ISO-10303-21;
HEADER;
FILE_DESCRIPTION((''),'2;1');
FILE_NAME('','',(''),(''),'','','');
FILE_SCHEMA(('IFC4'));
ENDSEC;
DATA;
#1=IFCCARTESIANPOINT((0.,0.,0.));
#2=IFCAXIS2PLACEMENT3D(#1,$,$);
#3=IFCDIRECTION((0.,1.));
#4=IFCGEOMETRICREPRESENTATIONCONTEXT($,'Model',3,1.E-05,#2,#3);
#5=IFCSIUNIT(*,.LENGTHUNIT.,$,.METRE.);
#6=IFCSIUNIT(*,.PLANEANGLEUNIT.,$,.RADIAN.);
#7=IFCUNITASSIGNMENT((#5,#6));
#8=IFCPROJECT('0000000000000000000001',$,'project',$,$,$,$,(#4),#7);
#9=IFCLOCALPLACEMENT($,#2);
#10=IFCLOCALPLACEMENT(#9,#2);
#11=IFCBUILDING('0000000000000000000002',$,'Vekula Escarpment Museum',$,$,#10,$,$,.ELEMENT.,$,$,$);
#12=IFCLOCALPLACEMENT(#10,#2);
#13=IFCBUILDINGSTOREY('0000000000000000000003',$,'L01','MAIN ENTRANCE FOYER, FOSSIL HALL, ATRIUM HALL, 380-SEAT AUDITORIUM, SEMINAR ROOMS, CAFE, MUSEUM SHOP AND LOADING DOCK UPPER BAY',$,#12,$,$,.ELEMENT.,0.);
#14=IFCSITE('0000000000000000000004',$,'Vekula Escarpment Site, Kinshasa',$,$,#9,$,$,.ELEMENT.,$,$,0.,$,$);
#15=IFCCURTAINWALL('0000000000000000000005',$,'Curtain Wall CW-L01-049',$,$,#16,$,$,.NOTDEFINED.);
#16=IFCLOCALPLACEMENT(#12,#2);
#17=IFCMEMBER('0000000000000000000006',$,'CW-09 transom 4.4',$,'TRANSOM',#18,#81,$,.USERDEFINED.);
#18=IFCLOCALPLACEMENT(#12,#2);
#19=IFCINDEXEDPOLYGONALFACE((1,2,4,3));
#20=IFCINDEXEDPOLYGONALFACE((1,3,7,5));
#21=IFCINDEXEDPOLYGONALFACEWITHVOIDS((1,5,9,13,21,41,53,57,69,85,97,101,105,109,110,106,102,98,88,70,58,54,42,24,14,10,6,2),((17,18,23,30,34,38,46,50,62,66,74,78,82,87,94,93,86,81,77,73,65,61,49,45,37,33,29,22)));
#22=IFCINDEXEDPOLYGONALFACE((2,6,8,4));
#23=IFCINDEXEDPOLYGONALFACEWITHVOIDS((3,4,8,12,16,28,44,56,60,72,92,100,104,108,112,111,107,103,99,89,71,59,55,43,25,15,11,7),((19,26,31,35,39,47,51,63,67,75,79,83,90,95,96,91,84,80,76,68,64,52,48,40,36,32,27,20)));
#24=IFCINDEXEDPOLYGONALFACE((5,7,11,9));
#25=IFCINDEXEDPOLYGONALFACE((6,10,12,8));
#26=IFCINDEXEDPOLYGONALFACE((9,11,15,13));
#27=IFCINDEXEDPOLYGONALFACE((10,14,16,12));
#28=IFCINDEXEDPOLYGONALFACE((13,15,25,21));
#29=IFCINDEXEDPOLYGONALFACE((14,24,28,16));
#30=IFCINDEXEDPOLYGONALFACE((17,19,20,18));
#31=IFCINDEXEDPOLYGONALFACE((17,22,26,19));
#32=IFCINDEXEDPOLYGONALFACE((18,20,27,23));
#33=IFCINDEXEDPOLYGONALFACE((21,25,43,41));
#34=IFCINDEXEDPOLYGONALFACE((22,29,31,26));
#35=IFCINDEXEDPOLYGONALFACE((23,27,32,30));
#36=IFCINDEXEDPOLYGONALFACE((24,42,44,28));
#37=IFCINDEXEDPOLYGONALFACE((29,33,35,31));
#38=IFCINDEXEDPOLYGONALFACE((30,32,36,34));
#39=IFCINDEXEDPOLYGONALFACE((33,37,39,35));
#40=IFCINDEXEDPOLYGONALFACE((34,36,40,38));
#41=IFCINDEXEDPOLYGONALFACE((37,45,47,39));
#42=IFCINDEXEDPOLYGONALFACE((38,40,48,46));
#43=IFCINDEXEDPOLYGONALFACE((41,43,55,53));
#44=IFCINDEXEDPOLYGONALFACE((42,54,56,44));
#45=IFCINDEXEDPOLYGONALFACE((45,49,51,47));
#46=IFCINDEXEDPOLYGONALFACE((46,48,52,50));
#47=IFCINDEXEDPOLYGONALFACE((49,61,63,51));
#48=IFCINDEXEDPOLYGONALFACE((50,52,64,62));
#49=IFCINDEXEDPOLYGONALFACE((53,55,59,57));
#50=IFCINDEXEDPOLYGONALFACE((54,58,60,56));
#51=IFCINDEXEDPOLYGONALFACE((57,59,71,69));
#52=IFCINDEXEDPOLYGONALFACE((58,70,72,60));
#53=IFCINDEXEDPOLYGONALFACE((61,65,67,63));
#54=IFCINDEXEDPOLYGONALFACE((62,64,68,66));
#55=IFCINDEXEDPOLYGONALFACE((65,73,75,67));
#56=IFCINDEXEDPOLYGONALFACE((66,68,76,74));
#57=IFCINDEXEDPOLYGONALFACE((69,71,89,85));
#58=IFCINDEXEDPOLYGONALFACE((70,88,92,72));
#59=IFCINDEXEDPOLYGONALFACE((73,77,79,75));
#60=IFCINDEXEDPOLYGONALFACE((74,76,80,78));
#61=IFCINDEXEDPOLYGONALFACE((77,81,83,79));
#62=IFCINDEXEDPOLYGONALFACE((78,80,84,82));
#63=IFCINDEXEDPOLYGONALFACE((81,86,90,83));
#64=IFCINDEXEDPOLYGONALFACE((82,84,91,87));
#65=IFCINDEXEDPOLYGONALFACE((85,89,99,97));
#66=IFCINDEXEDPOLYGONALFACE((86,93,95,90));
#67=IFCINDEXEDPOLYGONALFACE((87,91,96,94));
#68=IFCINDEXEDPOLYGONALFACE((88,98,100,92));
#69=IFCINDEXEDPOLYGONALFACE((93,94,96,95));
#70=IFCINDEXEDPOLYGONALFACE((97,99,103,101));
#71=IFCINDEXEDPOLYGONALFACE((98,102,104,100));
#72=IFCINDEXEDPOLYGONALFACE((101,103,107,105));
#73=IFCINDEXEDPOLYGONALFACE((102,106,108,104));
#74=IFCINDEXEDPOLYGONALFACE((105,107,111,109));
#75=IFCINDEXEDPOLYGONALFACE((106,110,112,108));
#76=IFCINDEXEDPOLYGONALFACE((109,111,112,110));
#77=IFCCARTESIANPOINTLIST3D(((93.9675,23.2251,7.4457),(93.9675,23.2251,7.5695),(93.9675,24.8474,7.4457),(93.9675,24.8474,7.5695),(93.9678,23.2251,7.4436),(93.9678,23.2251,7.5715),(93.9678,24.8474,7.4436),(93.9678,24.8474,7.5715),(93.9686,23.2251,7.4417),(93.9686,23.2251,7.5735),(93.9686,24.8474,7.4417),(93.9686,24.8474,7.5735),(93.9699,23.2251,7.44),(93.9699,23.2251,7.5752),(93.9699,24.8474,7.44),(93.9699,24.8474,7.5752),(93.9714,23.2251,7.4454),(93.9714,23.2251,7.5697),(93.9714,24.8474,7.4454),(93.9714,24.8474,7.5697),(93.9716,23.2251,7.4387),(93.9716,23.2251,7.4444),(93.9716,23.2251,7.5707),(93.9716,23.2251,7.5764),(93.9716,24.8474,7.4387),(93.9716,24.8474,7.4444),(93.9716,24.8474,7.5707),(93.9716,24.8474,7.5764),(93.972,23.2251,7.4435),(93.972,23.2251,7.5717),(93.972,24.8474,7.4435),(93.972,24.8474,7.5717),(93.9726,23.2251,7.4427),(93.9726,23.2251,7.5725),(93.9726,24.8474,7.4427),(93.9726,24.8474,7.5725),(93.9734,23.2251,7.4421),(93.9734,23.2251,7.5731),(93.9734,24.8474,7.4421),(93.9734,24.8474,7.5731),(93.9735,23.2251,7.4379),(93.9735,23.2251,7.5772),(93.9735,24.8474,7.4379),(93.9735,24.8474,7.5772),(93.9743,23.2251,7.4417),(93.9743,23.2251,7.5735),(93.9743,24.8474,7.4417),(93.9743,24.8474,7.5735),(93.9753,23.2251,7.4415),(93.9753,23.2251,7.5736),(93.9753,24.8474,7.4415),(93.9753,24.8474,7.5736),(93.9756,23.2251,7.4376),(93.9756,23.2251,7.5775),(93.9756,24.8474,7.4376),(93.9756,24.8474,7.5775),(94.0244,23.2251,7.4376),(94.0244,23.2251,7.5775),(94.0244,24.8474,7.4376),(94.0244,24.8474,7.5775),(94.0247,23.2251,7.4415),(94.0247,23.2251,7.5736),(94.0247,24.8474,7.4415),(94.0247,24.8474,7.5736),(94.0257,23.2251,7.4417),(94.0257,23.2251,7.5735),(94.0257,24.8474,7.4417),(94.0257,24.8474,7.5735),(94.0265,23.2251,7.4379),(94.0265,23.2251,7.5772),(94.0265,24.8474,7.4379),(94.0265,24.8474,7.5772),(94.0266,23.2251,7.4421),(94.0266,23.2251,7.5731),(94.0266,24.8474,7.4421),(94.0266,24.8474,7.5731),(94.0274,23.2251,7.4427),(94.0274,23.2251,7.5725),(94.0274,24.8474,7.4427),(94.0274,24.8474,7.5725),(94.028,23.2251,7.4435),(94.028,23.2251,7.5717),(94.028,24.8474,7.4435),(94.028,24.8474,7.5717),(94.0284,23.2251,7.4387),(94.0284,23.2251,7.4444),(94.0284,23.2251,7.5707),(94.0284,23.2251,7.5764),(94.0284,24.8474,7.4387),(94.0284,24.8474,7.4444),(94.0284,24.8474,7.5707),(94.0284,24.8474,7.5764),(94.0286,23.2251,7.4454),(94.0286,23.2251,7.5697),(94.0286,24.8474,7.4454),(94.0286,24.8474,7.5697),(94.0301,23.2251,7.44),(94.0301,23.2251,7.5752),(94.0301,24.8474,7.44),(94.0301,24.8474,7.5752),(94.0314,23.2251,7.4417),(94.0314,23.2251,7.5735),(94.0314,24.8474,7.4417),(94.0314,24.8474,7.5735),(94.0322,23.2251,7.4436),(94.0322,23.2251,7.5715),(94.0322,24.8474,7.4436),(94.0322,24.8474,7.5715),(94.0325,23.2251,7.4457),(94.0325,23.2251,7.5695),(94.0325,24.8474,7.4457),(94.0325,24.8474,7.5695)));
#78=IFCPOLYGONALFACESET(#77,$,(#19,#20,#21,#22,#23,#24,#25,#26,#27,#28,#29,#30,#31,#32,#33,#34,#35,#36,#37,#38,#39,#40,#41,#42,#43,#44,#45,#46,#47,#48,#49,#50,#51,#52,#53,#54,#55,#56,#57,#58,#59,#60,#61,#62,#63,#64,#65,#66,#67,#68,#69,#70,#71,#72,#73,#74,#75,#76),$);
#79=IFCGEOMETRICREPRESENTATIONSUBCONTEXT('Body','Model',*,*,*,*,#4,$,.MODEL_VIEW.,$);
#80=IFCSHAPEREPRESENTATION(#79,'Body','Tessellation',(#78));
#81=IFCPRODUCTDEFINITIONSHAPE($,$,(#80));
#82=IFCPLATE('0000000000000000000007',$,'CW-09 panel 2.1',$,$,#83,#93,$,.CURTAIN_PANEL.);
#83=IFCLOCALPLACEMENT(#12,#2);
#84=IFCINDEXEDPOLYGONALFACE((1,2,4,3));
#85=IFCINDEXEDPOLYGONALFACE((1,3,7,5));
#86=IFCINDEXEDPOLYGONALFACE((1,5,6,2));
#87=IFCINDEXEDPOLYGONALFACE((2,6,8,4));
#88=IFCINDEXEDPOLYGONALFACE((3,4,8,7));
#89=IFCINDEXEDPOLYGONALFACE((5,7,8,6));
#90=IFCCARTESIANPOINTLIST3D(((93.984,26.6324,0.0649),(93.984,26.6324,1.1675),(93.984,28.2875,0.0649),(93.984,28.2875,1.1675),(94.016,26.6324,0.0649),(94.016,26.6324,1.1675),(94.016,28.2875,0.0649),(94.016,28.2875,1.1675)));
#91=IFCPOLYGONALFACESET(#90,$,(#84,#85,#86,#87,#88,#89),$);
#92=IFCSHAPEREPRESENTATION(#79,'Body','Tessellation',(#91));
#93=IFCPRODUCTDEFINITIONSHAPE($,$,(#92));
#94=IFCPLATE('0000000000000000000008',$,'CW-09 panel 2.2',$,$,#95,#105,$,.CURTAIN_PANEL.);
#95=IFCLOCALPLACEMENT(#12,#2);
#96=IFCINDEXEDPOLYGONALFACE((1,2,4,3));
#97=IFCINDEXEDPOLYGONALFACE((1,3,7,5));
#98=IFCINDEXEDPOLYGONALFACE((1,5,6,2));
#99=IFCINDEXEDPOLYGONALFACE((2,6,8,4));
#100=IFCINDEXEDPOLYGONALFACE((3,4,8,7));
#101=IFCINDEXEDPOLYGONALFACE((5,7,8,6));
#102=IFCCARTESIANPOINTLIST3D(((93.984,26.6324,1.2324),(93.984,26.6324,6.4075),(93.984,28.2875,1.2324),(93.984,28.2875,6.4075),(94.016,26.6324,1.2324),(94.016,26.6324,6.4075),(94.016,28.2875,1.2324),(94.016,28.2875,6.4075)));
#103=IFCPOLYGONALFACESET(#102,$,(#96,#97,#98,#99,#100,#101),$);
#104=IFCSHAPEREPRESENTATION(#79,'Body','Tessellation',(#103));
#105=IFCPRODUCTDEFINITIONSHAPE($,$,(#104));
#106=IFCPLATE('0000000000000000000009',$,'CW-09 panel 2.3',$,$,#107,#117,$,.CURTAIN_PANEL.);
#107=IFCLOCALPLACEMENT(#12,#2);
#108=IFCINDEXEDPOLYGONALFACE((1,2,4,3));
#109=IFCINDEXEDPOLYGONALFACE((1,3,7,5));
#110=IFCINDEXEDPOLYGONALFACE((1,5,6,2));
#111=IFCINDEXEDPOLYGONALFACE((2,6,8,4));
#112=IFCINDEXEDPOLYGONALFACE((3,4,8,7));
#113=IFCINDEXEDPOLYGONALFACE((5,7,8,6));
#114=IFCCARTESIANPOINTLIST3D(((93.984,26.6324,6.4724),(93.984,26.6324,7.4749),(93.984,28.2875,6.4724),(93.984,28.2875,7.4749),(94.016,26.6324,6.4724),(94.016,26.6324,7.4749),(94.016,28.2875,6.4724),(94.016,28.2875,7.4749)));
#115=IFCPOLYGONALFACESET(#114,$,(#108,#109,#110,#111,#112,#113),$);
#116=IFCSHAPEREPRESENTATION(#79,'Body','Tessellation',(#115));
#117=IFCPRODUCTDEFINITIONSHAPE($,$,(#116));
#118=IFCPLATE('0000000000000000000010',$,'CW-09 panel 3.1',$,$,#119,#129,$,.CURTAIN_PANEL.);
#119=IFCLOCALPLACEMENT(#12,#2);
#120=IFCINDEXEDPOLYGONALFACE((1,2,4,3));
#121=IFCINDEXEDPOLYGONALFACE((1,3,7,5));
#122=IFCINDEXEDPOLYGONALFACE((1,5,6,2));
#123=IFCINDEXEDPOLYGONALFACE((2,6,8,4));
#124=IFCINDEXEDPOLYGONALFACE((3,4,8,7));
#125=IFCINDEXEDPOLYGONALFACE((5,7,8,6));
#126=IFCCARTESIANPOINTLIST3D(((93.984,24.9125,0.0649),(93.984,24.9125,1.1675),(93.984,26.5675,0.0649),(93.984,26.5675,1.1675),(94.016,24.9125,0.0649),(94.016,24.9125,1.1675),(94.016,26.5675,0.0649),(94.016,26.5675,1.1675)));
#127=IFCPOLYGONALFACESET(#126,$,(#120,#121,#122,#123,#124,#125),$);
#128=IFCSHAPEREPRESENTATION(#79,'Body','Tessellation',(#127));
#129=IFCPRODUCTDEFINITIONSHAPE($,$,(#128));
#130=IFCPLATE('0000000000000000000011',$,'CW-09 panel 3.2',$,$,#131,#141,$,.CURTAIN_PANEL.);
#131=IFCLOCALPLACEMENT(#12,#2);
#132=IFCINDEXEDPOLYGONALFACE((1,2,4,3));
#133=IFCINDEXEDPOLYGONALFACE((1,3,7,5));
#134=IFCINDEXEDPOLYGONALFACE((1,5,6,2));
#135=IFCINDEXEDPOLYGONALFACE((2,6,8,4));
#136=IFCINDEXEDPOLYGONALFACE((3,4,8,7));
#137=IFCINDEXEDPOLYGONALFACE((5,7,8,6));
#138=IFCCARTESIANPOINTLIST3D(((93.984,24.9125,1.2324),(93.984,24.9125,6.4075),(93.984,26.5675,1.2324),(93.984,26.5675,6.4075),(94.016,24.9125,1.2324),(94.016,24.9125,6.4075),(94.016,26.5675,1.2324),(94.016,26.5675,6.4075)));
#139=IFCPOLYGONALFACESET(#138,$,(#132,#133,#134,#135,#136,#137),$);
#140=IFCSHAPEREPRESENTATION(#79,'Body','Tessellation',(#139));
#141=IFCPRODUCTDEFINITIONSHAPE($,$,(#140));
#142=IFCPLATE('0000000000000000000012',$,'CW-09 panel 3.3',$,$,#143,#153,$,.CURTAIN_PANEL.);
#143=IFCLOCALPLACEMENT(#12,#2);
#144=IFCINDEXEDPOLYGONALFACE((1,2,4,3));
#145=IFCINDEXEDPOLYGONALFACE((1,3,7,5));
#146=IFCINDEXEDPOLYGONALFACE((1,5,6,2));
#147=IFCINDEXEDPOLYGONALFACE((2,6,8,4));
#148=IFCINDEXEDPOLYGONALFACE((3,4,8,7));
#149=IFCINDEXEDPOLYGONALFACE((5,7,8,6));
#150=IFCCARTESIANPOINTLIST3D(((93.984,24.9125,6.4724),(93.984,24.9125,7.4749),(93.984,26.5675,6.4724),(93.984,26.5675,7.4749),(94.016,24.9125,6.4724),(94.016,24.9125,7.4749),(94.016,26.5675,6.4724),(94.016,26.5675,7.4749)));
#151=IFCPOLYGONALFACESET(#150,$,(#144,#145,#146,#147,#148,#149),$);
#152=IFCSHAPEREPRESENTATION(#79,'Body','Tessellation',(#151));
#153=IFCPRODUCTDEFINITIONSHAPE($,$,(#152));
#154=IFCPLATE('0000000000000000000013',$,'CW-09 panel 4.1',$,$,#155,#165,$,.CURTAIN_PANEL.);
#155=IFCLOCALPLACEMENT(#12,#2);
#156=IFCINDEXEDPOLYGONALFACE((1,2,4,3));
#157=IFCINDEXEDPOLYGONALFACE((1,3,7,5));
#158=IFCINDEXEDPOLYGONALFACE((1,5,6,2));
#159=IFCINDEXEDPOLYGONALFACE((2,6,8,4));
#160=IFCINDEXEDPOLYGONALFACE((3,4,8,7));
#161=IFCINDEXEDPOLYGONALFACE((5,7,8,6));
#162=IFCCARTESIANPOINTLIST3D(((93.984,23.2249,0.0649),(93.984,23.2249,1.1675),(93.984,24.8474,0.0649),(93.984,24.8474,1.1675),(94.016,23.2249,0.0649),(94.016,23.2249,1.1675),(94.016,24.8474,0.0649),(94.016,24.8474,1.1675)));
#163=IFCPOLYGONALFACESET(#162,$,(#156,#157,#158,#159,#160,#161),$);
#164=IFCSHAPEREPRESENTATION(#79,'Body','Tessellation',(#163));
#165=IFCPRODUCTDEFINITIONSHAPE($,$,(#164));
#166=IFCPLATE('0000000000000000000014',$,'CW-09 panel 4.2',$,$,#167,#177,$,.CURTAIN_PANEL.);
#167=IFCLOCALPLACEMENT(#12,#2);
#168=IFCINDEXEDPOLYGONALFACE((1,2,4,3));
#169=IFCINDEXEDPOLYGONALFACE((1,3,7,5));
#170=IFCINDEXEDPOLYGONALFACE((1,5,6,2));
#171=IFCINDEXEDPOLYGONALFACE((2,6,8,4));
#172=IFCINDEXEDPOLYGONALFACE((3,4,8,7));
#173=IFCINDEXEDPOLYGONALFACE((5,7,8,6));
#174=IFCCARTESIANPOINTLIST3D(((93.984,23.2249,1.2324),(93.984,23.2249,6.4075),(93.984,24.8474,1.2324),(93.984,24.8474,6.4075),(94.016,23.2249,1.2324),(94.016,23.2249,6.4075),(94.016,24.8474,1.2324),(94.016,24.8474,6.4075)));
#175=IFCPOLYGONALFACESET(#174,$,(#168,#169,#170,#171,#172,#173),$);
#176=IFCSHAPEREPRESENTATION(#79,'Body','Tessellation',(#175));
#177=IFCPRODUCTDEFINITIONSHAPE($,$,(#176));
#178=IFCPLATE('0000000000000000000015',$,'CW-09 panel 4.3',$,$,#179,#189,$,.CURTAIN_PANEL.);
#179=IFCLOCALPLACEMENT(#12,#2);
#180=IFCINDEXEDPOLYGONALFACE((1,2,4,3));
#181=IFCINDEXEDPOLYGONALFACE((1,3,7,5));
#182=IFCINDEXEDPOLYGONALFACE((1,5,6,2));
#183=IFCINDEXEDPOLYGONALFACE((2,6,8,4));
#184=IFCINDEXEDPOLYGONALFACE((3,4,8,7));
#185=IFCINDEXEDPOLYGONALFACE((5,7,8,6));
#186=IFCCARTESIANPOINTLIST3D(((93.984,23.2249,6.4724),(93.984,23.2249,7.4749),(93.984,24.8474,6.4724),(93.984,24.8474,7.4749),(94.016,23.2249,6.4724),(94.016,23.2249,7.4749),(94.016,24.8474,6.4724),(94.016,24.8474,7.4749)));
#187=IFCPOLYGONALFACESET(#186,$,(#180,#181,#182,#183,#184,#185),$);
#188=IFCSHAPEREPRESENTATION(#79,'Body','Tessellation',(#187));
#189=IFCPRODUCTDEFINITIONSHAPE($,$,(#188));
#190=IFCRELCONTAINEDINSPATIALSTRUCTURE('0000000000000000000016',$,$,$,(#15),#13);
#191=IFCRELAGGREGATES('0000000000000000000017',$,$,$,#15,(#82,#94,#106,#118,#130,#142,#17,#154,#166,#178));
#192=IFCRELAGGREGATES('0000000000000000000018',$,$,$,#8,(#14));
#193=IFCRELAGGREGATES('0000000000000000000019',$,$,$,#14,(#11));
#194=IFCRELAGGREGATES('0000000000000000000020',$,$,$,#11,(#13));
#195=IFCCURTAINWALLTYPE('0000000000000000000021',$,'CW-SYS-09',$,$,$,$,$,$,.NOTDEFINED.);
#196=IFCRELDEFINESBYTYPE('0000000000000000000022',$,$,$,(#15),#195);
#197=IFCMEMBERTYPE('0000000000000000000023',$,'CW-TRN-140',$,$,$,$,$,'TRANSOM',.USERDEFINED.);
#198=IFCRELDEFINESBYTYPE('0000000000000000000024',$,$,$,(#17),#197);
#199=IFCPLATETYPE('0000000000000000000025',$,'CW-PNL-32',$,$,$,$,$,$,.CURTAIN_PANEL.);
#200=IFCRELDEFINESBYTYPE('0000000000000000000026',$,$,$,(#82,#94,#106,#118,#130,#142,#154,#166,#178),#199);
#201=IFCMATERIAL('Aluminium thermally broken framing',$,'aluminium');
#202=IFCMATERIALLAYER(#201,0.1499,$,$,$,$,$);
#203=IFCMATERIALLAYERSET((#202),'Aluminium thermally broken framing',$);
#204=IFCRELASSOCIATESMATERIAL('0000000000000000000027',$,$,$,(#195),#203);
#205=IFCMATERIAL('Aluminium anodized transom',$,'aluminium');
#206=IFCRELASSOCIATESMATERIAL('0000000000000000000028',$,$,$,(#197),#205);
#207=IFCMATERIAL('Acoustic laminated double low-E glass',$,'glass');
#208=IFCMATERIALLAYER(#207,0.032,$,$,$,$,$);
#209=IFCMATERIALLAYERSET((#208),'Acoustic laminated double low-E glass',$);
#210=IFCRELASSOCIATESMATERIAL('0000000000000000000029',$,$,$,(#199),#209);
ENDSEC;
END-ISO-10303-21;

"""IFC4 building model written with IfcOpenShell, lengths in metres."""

from ifc_helpers import new_model, si_unit, direction, frame, origin, origin_2d, place, context, subcontext, project, spatial, rectangle, hollow_rectangle, extrude, material, layer, layer_set, material_profile, profile_set, type_object, element, aggregate, save


model = new_model("IFC4")

# Units and contexts
model_context = context("Model", 3, precision=1e-05, world=origin(), true_north=direction((0.0, 1.0)))
body_context = subcontext(model_context, "Body", "Model", "MODEL_VIEW")
ifc_project = project(units=[si_unit("LENGTHUNIT", "METRE"), si_unit("PLANEANGLEUNIT", "RADIAN")], contexts=[model_context])

# Site, building, storey
site_placement = place(None, origin())
site = spatial("IfcSite", under=ifc_project, at=site_placement, Name="Vekula Escarpment Site, Kinshasa", CompositionType="ELEMENT", RefElevation=0.0)
building_placement = place(site_placement, origin())
building = spatial("IfcBuilding", under=site, at=building_placement, Name="Vekula Escarpment Museum", CompositionType="ELEMENT")
storey_placement = place(building_placement, origin())
storey = spatial("IfcBuildingStorey", under=building, at=storey_placement, Name="L01", Description="MAIN ENTRANCE FOYER, FOSSIL HALL, ATRIUM HALL, 380-SEAT AUDITORIUM, SEMINAR ROOMS, CAFE, MUSEUM SHOP AND LOADING DOCK UPPER BAY", CompositionType="ELEMENT", Elevation=0.0)

# Curtain wall, member, plates
ifc_material_1 = material(Name="Aluminium thermally broken framing", Category="aluminium")
ifc_layer_1 = layer(ifc_material_1, 0.1499)
ifc_layer_set_1 = layer_set([ifc_layer_1], Name="Aluminium thermally broken framing")
curtain_wall_type = type_object("IfcCurtainWallType", Name="CW-SYS-09", PredefinedType="NOTDEFINED", material=ifc_layer_set_1)
curtain_wall_placement = place(storey_placement, origin())
curtain_wall = element("IfcCurtainWall", 1, at=curtain_wall_placement, inside=storey, type_object=curtain_wall_type, Name="Curtain Wall CW-L01-049", PredefinedType="NOTDEFINED")
ifc_material_2 = material(Name="Aluminium anodized transom", Category="aluminium")
ifc_material_profile_1 = material_profile(ifc_material_2, hollow_rectangle(XDim=0.0649, YDim=0.1399, WallThickness=0.0039, InnerFilletRadius=0.0039, OuterFilletRadius=0.0081, at=origin_2d()), Name="ALU 140x65x4")
ifc_profile_set_1 = profile_set([ifc_material_profile_1], Name="Aluminium anodized transom")
member_type_1 = type_object("IfcMemberType", Name="CW-TRN-140", ElementType="TRANSOM", PredefinedType="USERDEFINED", material=ifc_profile_set_1)
member_1_placement = place(storey_placement, frame((94.0, 24.8474, 7.5076), z_axis=(0.0, -1.0, 0.0), x_axis=(1.0, 0.0, 0.0)))
member_1 = element("IfcMember", 2, at=member_1_placement, type_object=member_type_1, Name="CW-09 transom 4.4", ObjectType="TRANSOM", PredefinedType="USERDEFINED", context=body_context, shape_type="SweptSolid", body=[
    extrude(hollow_rectangle(XDim=0.0649, YDim=0.1399, WallThickness=0.0039, InnerFilletRadius=0.0039, OuterFilletRadius=0.0081, at=origin_2d()), origin(), (0.0, 0.0, 1.0), 1.6223),
])
ifc_material_3 = material(Name="Acoustic laminated double low-E glass", Category="glass")
ifc_layer_2 = layer(ifc_material_3, 0.032)
ifc_layer_set_2 = layer_set([ifc_layer_2], Name="Acoustic laminated double low-E glass")
plate_type = type_object("IfcPlateType", Name="CW-PNL-32", PredefinedType="CURTAIN_PANEL", material=ifc_layer_set_2)
plate_1_placement = place(storey_placement, frame((94.0, 27.46, 0.0649), z_axis=(0.0, 0.0, 1.0), x_axis=(0.0, -1.0, 0.0)))
plate_1 = element("IfcPlate", 3, at=plate_1_placement, type_object=plate_type, Name="CW-09 panel 2.1", PredefinedType="CURTAIN_PANEL", context=body_context, shape_type="SweptSolid", body=[
    extrude(rectangle(XDim=1.655, YDim=0.032, at=origin_2d()), origin(), (0.0, 0.0, 1.0), 1.1025),
])
plate_2_placement = place(storey_placement, frame((94.0, 27.46, 1.2324), z_axis=(0.0, 0.0, 1.0), x_axis=(0.0, -1.0, 0.0)))
plate_2 = element("IfcPlate", 4, at=plate_2_placement, type_object=plate_type, Name="CW-09 panel 2.2", PredefinedType="CURTAIN_PANEL", context=body_context, shape_type="SweptSolid", body=[
    extrude(rectangle(XDim=1.655, YDim=0.032, at=origin_2d()), origin(), (0.0, 0.0, 1.0), 5.175),
])
plate_3_placement = place(storey_placement, frame((94.0, 27.46, 6.4724), z_axis=(0.0, 0.0, 1.0), x_axis=(0.0, -1.0, 0.0)))
plate_3 = element("IfcPlate", 5, at=plate_3_placement, type_object=plate_type, Name="CW-09 panel 2.3", PredefinedType="CURTAIN_PANEL", context=body_context, shape_type="SweptSolid", body=[
    extrude(rectangle(XDim=1.655, YDim=0.032, at=origin_2d()), origin(), (0.0, 0.0, 1.0), 1.0024),
])
plate_4_placement = place(storey_placement, frame((94.0, 25.74, 0.0649), z_axis=(0.0, 0.0, 1.0), x_axis=(0.0, -1.0, 0.0)))
plate_4 = element("IfcPlate", 6, at=plate_4_placement, type_object=plate_type, Name="CW-09 panel 3.1", PredefinedType="CURTAIN_PANEL", context=body_context, shape_type="SweptSolid", body=[
    extrude(rectangle(XDim=1.655, YDim=0.032, at=origin_2d()), origin(), (0.0, 0.0, 1.0), 1.1025),
])
plate_5_placement = place(storey_placement, frame((94.0, 25.74, 1.2324), z_axis=(0.0, 0.0, 1.0), x_axis=(0.0, -1.0, 0.0)))
plate_5 = element("IfcPlate", 7, at=plate_5_placement, type_object=plate_type, Name="CW-09 panel 3.2", PredefinedType="CURTAIN_PANEL", context=body_context, shape_type="SweptSolid", body=[
    extrude(rectangle(XDim=1.655, YDim=0.032, at=origin_2d()), origin(), (0.0, 0.0, 1.0), 5.175),
])
plate_6_placement = place(storey_placement, frame((94.0, 25.74, 6.4724), z_axis=(0.0, 0.0, 1.0), x_axis=(0.0, -1.0, 0.0)))
plate_6 = element("IfcPlate", 8, at=plate_6_placement, type_object=plate_type, Name="CW-09 panel 3.3", PredefinedType="CURTAIN_PANEL", context=body_context, shape_type="SweptSolid", body=[
    extrude(rectangle(XDim=1.655, YDim=0.032, at=origin_2d()), origin(), (0.0, 0.0, 1.0), 1.0024),
])
plate_7_placement = place(storey_placement, frame((94.0, 24.0361, 0.0649), z_axis=(0.0, 0.0, 1.0), x_axis=(0.0, -1.0, 0.0)))
plate_7 = element("IfcPlate", 9, at=plate_7_placement, type_object=plate_type, Name="CW-09 panel 4.1", PredefinedType="CURTAIN_PANEL", context=body_context, shape_type="SweptSolid", body=[
    extrude(rectangle(XDim=1.6226, YDim=0.032, at=origin_2d()), origin(), (0.0, 0.0, 1.0), 1.1025),
])
plate_8_placement = place(storey_placement, frame((94.0, 24.0361, 1.2324), z_axis=(0.0, 0.0, 1.0), x_axis=(0.0, -1.0, 0.0)))
plate_8 = element("IfcPlate", 10, at=plate_8_placement, type_object=plate_type, Name="CW-09 panel 4.2", PredefinedType="CURTAIN_PANEL", context=body_context, shape_type="SweptSolid", body=[
    extrude(rectangle(XDim=1.6226, YDim=0.032, at=origin_2d()), origin(), (0.0, 0.0, 1.0), 5.175),
])
plate_9_placement = place(storey_placement, frame((94.0, 24.0361, 6.4724), z_axis=(0.0, 0.0, 1.0), x_axis=(0.0, -1.0, 0.0)))
plate_9 = element("IfcPlate", 11, at=plate_9_placement, type_object=plate_type, Name="CW-09 panel 4.3", PredefinedType="CURTAIN_PANEL", context=body_context, shape_type="SweptSolid", body=[
    extrude(rectangle(XDim=1.6226, YDim=0.032, at=origin_2d()), origin(), (0.0, 0.0, 1.0), 1.0024),
])
aggregate(curtain_wall, [plate_1, plate_2, plate_3, plate_4, plate_5, plate_6, member_1, plate_7, plate_8, plate_9])

save(model, "model.ifc")
